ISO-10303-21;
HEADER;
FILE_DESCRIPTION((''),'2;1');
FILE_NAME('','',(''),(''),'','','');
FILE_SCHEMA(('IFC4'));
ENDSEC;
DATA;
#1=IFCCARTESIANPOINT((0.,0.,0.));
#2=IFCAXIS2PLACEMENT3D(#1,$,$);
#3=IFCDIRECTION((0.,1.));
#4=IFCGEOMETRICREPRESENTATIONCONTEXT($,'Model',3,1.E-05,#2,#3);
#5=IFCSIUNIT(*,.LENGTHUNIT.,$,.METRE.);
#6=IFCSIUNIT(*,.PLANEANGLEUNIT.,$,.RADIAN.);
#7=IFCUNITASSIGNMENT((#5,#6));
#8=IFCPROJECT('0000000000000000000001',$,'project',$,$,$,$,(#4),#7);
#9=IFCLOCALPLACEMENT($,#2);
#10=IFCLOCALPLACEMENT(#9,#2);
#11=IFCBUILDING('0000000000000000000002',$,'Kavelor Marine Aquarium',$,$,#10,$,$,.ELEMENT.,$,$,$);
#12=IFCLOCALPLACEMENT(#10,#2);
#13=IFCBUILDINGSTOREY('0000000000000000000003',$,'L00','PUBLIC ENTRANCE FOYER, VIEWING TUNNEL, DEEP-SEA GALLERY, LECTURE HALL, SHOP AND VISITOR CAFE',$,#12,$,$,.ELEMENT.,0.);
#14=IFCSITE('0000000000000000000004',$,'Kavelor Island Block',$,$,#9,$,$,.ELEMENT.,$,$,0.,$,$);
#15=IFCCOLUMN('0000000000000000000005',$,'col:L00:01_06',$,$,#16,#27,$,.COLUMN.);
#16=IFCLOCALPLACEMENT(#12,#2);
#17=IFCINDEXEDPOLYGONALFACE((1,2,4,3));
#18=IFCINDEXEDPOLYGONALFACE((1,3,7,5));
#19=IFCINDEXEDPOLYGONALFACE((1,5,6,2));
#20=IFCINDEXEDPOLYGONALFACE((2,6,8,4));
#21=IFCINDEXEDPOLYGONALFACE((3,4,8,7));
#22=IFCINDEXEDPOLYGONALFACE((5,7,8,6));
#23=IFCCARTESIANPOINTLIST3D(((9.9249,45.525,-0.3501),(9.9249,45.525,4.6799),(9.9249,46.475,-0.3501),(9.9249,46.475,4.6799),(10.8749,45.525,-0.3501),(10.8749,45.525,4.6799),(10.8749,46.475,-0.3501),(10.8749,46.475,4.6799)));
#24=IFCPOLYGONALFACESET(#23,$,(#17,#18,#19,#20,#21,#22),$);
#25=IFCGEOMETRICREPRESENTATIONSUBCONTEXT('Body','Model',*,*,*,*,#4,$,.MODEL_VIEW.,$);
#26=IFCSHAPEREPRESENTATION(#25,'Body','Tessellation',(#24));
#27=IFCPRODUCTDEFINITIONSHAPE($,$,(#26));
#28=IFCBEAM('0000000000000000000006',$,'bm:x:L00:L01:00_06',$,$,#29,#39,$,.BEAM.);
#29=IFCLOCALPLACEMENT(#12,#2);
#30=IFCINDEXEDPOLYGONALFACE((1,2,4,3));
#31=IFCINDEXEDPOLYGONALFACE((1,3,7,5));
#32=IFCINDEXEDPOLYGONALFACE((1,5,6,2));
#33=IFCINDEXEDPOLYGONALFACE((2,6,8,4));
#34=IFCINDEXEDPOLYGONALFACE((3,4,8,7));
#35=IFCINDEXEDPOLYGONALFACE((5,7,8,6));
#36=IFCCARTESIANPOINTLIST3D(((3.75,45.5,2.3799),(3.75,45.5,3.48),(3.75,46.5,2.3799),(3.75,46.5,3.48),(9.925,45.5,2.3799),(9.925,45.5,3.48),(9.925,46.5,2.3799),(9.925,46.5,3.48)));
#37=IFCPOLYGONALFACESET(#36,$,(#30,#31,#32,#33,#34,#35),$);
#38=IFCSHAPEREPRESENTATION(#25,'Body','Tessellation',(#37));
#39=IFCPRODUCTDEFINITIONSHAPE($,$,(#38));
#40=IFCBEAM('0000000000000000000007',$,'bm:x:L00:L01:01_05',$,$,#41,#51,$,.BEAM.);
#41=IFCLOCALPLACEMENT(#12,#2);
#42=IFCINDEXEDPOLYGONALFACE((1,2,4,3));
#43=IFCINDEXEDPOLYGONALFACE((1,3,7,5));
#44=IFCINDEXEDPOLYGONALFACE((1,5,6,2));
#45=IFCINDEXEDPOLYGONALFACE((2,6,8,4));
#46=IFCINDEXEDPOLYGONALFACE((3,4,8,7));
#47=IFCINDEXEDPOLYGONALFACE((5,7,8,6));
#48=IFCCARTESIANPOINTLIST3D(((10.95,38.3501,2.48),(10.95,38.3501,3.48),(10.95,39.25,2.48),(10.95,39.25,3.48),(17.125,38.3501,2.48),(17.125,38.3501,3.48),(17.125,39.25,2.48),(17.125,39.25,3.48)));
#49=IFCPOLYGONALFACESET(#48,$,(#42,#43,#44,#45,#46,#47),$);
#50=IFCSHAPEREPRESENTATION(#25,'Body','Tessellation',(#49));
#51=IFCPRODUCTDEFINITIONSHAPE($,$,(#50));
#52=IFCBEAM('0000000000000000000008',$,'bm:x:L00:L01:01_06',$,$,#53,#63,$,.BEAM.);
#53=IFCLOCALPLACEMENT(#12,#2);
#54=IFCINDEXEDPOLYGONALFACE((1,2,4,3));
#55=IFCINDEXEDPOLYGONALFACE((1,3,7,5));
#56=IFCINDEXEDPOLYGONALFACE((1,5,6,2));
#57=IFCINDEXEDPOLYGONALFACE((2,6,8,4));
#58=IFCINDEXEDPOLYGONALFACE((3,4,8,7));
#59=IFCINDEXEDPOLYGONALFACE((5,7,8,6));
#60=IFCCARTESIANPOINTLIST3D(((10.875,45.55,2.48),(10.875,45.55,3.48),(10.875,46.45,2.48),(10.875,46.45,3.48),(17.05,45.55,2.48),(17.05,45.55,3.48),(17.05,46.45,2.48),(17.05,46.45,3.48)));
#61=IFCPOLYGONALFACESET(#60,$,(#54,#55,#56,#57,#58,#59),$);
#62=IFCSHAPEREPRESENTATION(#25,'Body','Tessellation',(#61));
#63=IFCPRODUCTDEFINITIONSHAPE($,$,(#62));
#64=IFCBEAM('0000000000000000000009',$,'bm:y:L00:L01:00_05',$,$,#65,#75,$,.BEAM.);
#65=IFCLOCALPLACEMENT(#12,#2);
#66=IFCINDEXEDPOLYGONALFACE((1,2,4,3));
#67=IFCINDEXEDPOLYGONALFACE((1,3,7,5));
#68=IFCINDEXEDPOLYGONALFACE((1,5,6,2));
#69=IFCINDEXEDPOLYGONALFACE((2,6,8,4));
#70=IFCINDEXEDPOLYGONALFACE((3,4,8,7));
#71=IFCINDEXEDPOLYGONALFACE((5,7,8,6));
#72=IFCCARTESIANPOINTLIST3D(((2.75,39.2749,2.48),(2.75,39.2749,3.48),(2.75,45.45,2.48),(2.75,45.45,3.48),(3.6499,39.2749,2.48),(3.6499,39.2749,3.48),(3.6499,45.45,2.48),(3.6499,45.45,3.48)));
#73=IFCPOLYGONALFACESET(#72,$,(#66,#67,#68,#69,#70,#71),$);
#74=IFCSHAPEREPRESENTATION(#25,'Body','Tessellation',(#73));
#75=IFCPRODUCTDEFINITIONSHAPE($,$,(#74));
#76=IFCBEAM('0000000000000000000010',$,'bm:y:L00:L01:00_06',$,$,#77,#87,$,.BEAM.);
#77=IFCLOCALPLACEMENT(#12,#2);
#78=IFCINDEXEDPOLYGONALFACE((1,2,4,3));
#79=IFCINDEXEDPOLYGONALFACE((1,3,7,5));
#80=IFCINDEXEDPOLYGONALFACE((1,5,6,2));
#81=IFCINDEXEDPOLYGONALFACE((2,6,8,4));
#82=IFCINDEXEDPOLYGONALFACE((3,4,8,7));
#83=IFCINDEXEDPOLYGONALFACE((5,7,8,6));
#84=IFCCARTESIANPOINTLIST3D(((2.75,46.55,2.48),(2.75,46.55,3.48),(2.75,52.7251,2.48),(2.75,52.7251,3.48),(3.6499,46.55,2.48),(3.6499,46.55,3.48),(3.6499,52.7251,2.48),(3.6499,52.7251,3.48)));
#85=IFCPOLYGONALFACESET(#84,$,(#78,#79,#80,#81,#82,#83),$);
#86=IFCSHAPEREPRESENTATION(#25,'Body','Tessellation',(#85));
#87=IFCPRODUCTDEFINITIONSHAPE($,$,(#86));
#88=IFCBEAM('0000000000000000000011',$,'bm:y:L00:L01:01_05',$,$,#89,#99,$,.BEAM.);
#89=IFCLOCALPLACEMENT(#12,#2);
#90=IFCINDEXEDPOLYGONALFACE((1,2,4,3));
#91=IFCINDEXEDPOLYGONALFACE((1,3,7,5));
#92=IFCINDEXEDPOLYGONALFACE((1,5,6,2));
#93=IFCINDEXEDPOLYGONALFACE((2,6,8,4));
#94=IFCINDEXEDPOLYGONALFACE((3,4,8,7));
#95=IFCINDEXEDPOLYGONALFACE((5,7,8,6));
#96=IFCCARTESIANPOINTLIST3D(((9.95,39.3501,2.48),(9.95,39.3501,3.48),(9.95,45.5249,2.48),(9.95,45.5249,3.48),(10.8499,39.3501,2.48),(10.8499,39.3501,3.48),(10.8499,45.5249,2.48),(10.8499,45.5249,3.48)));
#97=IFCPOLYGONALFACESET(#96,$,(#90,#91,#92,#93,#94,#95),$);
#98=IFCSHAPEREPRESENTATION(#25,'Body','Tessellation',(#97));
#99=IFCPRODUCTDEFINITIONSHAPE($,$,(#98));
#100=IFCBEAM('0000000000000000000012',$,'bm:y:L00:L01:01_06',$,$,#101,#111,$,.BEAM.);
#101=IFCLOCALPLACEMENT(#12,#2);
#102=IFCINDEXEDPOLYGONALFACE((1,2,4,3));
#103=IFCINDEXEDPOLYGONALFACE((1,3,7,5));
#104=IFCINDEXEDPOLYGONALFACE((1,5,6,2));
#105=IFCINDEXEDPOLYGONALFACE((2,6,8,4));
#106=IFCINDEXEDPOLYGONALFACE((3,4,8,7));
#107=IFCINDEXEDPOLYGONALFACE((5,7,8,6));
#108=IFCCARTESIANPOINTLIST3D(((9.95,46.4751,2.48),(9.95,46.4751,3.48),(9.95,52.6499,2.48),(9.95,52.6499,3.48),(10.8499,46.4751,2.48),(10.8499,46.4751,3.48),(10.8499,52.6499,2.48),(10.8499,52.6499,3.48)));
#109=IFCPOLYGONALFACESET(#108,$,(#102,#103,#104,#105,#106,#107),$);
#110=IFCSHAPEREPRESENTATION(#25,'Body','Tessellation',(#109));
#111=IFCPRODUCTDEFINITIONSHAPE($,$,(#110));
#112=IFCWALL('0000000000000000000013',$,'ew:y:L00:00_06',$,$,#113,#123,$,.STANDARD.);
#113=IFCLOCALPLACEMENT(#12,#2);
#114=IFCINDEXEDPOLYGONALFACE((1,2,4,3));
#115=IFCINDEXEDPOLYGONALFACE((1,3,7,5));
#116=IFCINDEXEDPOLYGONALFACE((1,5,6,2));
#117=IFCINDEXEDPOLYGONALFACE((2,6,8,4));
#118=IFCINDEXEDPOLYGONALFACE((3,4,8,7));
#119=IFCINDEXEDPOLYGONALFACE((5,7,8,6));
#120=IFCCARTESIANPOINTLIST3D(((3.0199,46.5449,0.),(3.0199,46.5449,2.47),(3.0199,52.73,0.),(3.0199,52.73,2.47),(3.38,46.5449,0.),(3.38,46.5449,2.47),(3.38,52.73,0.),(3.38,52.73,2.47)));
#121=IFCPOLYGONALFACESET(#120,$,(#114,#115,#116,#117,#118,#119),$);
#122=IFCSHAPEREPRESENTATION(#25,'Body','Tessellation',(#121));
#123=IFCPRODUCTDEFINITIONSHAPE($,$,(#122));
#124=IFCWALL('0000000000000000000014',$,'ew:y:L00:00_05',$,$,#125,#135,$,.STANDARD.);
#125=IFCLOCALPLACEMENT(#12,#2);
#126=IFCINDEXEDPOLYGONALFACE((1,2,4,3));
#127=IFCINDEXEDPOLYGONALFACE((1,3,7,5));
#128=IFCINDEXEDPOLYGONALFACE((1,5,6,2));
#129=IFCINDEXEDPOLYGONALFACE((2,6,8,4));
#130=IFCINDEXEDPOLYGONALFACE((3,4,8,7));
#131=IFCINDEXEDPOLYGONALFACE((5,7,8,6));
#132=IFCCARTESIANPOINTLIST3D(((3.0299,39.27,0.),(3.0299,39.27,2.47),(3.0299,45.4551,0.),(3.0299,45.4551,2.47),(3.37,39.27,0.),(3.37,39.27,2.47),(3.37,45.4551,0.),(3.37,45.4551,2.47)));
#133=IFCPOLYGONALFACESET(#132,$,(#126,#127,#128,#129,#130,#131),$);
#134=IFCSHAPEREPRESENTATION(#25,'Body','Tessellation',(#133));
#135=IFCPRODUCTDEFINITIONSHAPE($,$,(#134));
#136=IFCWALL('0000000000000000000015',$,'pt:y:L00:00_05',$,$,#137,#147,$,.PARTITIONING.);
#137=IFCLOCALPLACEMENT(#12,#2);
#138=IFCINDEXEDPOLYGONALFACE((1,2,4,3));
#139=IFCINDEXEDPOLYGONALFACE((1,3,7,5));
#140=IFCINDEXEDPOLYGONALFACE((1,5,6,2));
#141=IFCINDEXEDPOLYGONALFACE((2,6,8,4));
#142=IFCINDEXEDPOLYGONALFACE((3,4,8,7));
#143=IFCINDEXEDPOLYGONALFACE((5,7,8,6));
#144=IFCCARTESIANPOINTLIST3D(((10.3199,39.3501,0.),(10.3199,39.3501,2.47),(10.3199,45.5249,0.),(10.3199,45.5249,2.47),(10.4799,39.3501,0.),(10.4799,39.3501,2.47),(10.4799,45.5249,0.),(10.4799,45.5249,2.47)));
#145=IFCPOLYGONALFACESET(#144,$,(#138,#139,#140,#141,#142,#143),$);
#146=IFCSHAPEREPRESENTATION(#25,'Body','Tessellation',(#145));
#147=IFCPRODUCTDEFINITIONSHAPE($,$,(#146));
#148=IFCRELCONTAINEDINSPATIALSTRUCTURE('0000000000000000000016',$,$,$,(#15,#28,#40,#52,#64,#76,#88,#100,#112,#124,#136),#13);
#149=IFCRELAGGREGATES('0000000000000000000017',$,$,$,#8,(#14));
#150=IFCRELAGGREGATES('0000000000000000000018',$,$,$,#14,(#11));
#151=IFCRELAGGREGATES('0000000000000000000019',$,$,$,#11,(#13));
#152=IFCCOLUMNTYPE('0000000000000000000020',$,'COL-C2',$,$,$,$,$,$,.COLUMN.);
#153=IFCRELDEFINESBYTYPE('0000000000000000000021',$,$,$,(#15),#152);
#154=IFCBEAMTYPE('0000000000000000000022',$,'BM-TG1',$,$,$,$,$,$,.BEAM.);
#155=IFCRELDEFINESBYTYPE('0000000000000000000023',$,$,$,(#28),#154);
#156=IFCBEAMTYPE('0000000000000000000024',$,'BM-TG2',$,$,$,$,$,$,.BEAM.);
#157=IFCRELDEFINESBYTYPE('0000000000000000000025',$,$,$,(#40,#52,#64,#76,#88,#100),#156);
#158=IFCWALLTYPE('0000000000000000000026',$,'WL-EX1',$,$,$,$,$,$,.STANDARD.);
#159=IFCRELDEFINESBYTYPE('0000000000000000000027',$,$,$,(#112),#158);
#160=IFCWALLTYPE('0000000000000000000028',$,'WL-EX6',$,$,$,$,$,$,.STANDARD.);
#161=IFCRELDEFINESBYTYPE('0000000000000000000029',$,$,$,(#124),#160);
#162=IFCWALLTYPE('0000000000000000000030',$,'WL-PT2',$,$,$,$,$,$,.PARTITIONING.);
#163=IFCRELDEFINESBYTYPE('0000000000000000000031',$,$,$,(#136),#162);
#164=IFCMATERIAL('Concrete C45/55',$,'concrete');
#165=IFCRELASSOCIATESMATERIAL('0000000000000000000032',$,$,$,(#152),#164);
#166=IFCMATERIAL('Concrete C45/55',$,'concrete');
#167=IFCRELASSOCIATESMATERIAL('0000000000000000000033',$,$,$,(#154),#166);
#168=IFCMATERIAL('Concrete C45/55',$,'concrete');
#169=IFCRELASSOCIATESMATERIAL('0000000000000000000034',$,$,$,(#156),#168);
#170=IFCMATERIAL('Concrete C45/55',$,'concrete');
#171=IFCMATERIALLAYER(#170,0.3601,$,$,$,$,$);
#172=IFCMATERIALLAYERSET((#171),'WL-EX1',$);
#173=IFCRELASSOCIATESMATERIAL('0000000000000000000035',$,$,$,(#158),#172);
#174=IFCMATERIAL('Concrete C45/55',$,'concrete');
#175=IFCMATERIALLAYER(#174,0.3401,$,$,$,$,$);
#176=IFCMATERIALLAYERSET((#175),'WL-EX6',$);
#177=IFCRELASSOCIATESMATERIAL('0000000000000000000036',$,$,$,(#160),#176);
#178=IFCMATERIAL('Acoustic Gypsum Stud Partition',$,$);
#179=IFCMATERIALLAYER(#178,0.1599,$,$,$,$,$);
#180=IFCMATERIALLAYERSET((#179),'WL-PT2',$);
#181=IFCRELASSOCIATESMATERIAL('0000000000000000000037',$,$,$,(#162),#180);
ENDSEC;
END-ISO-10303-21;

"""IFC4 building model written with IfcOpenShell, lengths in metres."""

from ifc_helpers import new_model, si_unit, direction, frame, frame_2d, origin, origin_2d, place, context, subcontext, project, spatial, rectangle, extrude, material, layer, layer_set, material_profile, profile_set, type_object, element, save


model = new_model("IFC4")

# Units and contexts
model_context = context("Model", 3, precision=1e-05, world=origin(), true_north=direction((0.0, 1.0)))
body_context = subcontext(model_context, "Body", "Model", "MODEL_VIEW")
ifc_project = project(units=[si_unit("LENGTHUNIT", "METRE"), si_unit("PLANEANGLEUNIT", "RADIAN")], contexts=[model_context])

# Site, building, storey
site_placement = place(None, origin())
site = spatial("IfcSite", under=ifc_project, at=site_placement, Name="Kavelor Island Block", CompositionType="ELEMENT", RefElevation=0.0)
building_placement = place(site_placement, origin())
building = spatial("IfcBuilding", under=site, at=building_placement, Name="Kavelor Marine Aquarium", CompositionType="ELEMENT")
storey_placement = place(building_placement, origin())
storey = spatial("IfcBuildingStorey", under=building, at=storey_placement, Name="L00", Description="PUBLIC ENTRANCE FOYER, VIEWING TUNNEL, DEEP-SEA GALLERY, LECTURE HALL, SHOP AND VISITOR CAFE", CompositionType="ELEMENT", Elevation=0.0)

# Column
ifc_material_1 = material(Name="Concrete C45/55", Category="concrete")
ifc_material_profile_1 = material_profile(ifc_material_1, rectangle(XDim=0.95, YDim=0.95, at=origin_2d()), Name="RC-COL 950x950")
ifc_profile_set_1 = profile_set([ifc_material_profile_1], Name="Concrete C45/55")
column_type_1 = type_object("IfcColumnType", Name="COL-C2", PredefinedType="COLUMN", material=ifc_profile_set_1)
column_1_placement = place(storey_placement, frame((10.3999, 46.0, -0.3501), z_axis=(0.0, 0.0, 1.0), x_axis=(1.0, 0.0, 0.0)))
element("IfcColumn", 1, at=column_1_placement, inside=storey, type_object=column_type_1, Name="col:L00:01_06", PredefinedType="COLUMN", context=body_context, shape_type="SweptSolid", body=[
    extrude(rectangle(XDim=0.95, YDim=0.95, at=origin_2d()), origin(), (0.0, 0.0, 1.0), 5.03),
])

# Beams
ifc_material_2 = material(Name="Concrete C45/55", Category="concrete")
ifc_material_profile_2 = material_profile(ifc_material_2, rectangle(XDim=1.0, YDim=1.1001, at=origin_2d()), Name="RC-TG 1000x1100")
ifc_profile_set_2 = profile_set([ifc_material_profile_2], Name="Concrete C45/55")
beam_type_1 = type_object("IfcBeamType", Name="BM-TG1", PredefinedType="BEAM", material=ifc_profile_set_2)
beam_placement = place(storey_placement, frame((3.75, 46.0, 2.9299), z_axis=(1.0, 0.0, 0.0), x_axis=(0.0, 1.0, 0.0)))
element("IfcBeam", 2, at=beam_placement, inside=storey, type_object=beam_type_1, Name="bm:x:L00:L01:00_06", PredefinedType="BEAM", context=body_context, shape_type="SweptSolid", body=[
    extrude(rectangle(XDim=1.0, YDim=1.1001, at=origin_2d()), origin(), (0.0, 0.0, 1.0), 6.175),
])
ifc_material_3 = material(Name="Concrete C45/55", Category="concrete")
ifc_material_profile_3 = material_profile(ifc_material_3, rectangle(XDim=0.8999, YDim=1.0, at=origin_2d()), Name="RC-TG 900x1000")
ifc_profile_set_3 = profile_set([ifc_material_profile_3], Name="Concrete C45/55")
beam_type_2 = type_object("IfcBeamType", Name="BM-TG2", PredefinedType="BEAM", material=ifc_profile_set_3)
for number, where, z_axis, x_axis, name in (
    (3, (10.95, 38.8, 2.98), (1.0, 0.0, 0.0), (0.0, 1.0, 0.0), "bm:x:L00:L01:01_05"),
    (4, (10.875, 46.0, 2.98), (1.0, 0.0, 0.0), (0.0, 1.0, 0.0), "bm:x:L00:L01:01_06"),
    (5, (3.2, 39.2749, 2.98), (0.0, 1.0, 0.0), (-1.0, 0.0, 0.0), "bm:y:L00:L01:00_05"),
    (6, (3.2, 46.55, 2.98), (0.0, 1.0, 0.0), (-1.0, 0.0, 0.0), "bm:y:L00:L01:00_06"),
):
    element("IfcBeam", number, at=place(storey_placement, frame(where, z_axis=z_axis, x_axis=x_axis)), inside=storey, type_object=beam_type_2, Name=name, PredefinedType="BEAM", context=body_context, shape_type="SweptSolid", body=[
        extrude(rectangle(XDim=0.8999, YDim=1.0, at=origin_2d()), origin(), (0.0, 0.0, 1.0), 6.175),
    ])
for number, where, z_axis, x_axis, name in (
    (7, (10.3999, 39.3501, 2.98), (0.0, 1.0, 0.0), (-1.0, 0.0, 0.0), "bm:y:L00:L01:01_05"),
    (8, (10.3999, 46.4751, 2.98), (0.0, 1.0, 0.0), (-1.0, 0.0, 0.0), "bm:y:L00:L01:01_06"),
):
    element("IfcBeam", number, at=place(storey_placement, frame(where, z_axis=z_axis, x_axis=x_axis)), inside=storey, type_object=beam_type_2, Name=name, PredefinedType="BEAM", context=body_context, shape_type="SweptSolid", body=[
        extrude(rectangle(XDim=0.8999, YDim=1.0, at=origin_2d()), origin(), (0.0, 0.0, 1.0), 6.1748),
    ])

# Walls
ifc_material_4 = material(Name="Concrete C45/55", Category="concrete")
ifc_layer_1 = layer(ifc_material_4, 0.3601)
ifc_layer_set_1 = layer_set([ifc_layer_1], Name="WL-EX1")
wall_type_1 = type_object("IfcWallType", Name="WL-EX1", PredefinedType="STANDARD", material=ifc_layer_set_1)
wall_1_placement = place(storey_placement, frame((3.2, 46.5449, 0.0), z_axis=(0.0, 0.0, 1.0), x_axis=(0.0, 1.0, 0.0)))
element("IfcWall", 9, at=wall_1_placement, inside=storey, type_object=wall_type_1, Name="ew:y:L00:00_06", PredefinedType="STANDARD", context=body_context, shape_type="SweptSolid", body=[
    extrude(rectangle(XDim=6.1851, YDim=0.3601, at=frame_2d((3.0925, 0.0))), origin(), (0.0, 0.0, 1.0), 2.47),
])
ifc_material_5 = material(Name="Concrete C45/55", Category="concrete")
ifc_layer_2 = layer(ifc_material_5, 0.3401)
ifc_layer_set_2 = layer_set([ifc_layer_2], Name="WL-EX6")
wall_type_2 = type_object("IfcWallType", Name="WL-EX6", PredefinedType="STANDARD", material=ifc_layer_set_2)
wall_2_placement = place(storey_placement, frame((3.2, 39.27, 0.0), z_axis=(0.0, 0.0, 1.0), x_axis=(0.0, 1.0, 0.0)))
element("IfcWall", 10, at=wall_2_placement, inside=storey, type_object=wall_type_2, Name="ew:y:L00:00_05", PredefinedType="STANDARD", context=body_context, shape_type="SweptSolid", body=[
    extrude(rectangle(XDim=6.1851, YDim=0.3401, at=frame_2d((3.0925, 0.0))), origin(), (0.0, 0.0, 1.0), 2.47),
])
ifc_material_6 = material(Name="Acoustic Gypsum Stud Partition")
ifc_layer_3 = layer(ifc_material_6, 0.1599)
ifc_layer_set_3 = layer_set([ifc_layer_3], Name="WL-PT2")
wall_type_3 = type_object("IfcWallType", Name="WL-PT2", PredefinedType="PARTITIONING", material=ifc_layer_set_3)
wall_3_placement = place(storey_placement, frame((10.3999, 39.3501, 0.0), z_axis=(0.0, 0.0, 1.0), x_axis=(0.0, 1.0, 0.0)))
element("IfcWall", 11, at=wall_3_placement, inside=storey, type_object=wall_type_3, Name="pt:y:L00:00_05", PredefinedType="PARTITIONING", context=body_context, shape_type="SweptSolid", body=[
    extrude(rectangle(XDim=6.1748, YDim=0.1599, at=frame_2d((3.0874, 0.0))), origin(), (0.0, 0.0, 1.0), 2.47),
])

save(model, "model.ifc")
